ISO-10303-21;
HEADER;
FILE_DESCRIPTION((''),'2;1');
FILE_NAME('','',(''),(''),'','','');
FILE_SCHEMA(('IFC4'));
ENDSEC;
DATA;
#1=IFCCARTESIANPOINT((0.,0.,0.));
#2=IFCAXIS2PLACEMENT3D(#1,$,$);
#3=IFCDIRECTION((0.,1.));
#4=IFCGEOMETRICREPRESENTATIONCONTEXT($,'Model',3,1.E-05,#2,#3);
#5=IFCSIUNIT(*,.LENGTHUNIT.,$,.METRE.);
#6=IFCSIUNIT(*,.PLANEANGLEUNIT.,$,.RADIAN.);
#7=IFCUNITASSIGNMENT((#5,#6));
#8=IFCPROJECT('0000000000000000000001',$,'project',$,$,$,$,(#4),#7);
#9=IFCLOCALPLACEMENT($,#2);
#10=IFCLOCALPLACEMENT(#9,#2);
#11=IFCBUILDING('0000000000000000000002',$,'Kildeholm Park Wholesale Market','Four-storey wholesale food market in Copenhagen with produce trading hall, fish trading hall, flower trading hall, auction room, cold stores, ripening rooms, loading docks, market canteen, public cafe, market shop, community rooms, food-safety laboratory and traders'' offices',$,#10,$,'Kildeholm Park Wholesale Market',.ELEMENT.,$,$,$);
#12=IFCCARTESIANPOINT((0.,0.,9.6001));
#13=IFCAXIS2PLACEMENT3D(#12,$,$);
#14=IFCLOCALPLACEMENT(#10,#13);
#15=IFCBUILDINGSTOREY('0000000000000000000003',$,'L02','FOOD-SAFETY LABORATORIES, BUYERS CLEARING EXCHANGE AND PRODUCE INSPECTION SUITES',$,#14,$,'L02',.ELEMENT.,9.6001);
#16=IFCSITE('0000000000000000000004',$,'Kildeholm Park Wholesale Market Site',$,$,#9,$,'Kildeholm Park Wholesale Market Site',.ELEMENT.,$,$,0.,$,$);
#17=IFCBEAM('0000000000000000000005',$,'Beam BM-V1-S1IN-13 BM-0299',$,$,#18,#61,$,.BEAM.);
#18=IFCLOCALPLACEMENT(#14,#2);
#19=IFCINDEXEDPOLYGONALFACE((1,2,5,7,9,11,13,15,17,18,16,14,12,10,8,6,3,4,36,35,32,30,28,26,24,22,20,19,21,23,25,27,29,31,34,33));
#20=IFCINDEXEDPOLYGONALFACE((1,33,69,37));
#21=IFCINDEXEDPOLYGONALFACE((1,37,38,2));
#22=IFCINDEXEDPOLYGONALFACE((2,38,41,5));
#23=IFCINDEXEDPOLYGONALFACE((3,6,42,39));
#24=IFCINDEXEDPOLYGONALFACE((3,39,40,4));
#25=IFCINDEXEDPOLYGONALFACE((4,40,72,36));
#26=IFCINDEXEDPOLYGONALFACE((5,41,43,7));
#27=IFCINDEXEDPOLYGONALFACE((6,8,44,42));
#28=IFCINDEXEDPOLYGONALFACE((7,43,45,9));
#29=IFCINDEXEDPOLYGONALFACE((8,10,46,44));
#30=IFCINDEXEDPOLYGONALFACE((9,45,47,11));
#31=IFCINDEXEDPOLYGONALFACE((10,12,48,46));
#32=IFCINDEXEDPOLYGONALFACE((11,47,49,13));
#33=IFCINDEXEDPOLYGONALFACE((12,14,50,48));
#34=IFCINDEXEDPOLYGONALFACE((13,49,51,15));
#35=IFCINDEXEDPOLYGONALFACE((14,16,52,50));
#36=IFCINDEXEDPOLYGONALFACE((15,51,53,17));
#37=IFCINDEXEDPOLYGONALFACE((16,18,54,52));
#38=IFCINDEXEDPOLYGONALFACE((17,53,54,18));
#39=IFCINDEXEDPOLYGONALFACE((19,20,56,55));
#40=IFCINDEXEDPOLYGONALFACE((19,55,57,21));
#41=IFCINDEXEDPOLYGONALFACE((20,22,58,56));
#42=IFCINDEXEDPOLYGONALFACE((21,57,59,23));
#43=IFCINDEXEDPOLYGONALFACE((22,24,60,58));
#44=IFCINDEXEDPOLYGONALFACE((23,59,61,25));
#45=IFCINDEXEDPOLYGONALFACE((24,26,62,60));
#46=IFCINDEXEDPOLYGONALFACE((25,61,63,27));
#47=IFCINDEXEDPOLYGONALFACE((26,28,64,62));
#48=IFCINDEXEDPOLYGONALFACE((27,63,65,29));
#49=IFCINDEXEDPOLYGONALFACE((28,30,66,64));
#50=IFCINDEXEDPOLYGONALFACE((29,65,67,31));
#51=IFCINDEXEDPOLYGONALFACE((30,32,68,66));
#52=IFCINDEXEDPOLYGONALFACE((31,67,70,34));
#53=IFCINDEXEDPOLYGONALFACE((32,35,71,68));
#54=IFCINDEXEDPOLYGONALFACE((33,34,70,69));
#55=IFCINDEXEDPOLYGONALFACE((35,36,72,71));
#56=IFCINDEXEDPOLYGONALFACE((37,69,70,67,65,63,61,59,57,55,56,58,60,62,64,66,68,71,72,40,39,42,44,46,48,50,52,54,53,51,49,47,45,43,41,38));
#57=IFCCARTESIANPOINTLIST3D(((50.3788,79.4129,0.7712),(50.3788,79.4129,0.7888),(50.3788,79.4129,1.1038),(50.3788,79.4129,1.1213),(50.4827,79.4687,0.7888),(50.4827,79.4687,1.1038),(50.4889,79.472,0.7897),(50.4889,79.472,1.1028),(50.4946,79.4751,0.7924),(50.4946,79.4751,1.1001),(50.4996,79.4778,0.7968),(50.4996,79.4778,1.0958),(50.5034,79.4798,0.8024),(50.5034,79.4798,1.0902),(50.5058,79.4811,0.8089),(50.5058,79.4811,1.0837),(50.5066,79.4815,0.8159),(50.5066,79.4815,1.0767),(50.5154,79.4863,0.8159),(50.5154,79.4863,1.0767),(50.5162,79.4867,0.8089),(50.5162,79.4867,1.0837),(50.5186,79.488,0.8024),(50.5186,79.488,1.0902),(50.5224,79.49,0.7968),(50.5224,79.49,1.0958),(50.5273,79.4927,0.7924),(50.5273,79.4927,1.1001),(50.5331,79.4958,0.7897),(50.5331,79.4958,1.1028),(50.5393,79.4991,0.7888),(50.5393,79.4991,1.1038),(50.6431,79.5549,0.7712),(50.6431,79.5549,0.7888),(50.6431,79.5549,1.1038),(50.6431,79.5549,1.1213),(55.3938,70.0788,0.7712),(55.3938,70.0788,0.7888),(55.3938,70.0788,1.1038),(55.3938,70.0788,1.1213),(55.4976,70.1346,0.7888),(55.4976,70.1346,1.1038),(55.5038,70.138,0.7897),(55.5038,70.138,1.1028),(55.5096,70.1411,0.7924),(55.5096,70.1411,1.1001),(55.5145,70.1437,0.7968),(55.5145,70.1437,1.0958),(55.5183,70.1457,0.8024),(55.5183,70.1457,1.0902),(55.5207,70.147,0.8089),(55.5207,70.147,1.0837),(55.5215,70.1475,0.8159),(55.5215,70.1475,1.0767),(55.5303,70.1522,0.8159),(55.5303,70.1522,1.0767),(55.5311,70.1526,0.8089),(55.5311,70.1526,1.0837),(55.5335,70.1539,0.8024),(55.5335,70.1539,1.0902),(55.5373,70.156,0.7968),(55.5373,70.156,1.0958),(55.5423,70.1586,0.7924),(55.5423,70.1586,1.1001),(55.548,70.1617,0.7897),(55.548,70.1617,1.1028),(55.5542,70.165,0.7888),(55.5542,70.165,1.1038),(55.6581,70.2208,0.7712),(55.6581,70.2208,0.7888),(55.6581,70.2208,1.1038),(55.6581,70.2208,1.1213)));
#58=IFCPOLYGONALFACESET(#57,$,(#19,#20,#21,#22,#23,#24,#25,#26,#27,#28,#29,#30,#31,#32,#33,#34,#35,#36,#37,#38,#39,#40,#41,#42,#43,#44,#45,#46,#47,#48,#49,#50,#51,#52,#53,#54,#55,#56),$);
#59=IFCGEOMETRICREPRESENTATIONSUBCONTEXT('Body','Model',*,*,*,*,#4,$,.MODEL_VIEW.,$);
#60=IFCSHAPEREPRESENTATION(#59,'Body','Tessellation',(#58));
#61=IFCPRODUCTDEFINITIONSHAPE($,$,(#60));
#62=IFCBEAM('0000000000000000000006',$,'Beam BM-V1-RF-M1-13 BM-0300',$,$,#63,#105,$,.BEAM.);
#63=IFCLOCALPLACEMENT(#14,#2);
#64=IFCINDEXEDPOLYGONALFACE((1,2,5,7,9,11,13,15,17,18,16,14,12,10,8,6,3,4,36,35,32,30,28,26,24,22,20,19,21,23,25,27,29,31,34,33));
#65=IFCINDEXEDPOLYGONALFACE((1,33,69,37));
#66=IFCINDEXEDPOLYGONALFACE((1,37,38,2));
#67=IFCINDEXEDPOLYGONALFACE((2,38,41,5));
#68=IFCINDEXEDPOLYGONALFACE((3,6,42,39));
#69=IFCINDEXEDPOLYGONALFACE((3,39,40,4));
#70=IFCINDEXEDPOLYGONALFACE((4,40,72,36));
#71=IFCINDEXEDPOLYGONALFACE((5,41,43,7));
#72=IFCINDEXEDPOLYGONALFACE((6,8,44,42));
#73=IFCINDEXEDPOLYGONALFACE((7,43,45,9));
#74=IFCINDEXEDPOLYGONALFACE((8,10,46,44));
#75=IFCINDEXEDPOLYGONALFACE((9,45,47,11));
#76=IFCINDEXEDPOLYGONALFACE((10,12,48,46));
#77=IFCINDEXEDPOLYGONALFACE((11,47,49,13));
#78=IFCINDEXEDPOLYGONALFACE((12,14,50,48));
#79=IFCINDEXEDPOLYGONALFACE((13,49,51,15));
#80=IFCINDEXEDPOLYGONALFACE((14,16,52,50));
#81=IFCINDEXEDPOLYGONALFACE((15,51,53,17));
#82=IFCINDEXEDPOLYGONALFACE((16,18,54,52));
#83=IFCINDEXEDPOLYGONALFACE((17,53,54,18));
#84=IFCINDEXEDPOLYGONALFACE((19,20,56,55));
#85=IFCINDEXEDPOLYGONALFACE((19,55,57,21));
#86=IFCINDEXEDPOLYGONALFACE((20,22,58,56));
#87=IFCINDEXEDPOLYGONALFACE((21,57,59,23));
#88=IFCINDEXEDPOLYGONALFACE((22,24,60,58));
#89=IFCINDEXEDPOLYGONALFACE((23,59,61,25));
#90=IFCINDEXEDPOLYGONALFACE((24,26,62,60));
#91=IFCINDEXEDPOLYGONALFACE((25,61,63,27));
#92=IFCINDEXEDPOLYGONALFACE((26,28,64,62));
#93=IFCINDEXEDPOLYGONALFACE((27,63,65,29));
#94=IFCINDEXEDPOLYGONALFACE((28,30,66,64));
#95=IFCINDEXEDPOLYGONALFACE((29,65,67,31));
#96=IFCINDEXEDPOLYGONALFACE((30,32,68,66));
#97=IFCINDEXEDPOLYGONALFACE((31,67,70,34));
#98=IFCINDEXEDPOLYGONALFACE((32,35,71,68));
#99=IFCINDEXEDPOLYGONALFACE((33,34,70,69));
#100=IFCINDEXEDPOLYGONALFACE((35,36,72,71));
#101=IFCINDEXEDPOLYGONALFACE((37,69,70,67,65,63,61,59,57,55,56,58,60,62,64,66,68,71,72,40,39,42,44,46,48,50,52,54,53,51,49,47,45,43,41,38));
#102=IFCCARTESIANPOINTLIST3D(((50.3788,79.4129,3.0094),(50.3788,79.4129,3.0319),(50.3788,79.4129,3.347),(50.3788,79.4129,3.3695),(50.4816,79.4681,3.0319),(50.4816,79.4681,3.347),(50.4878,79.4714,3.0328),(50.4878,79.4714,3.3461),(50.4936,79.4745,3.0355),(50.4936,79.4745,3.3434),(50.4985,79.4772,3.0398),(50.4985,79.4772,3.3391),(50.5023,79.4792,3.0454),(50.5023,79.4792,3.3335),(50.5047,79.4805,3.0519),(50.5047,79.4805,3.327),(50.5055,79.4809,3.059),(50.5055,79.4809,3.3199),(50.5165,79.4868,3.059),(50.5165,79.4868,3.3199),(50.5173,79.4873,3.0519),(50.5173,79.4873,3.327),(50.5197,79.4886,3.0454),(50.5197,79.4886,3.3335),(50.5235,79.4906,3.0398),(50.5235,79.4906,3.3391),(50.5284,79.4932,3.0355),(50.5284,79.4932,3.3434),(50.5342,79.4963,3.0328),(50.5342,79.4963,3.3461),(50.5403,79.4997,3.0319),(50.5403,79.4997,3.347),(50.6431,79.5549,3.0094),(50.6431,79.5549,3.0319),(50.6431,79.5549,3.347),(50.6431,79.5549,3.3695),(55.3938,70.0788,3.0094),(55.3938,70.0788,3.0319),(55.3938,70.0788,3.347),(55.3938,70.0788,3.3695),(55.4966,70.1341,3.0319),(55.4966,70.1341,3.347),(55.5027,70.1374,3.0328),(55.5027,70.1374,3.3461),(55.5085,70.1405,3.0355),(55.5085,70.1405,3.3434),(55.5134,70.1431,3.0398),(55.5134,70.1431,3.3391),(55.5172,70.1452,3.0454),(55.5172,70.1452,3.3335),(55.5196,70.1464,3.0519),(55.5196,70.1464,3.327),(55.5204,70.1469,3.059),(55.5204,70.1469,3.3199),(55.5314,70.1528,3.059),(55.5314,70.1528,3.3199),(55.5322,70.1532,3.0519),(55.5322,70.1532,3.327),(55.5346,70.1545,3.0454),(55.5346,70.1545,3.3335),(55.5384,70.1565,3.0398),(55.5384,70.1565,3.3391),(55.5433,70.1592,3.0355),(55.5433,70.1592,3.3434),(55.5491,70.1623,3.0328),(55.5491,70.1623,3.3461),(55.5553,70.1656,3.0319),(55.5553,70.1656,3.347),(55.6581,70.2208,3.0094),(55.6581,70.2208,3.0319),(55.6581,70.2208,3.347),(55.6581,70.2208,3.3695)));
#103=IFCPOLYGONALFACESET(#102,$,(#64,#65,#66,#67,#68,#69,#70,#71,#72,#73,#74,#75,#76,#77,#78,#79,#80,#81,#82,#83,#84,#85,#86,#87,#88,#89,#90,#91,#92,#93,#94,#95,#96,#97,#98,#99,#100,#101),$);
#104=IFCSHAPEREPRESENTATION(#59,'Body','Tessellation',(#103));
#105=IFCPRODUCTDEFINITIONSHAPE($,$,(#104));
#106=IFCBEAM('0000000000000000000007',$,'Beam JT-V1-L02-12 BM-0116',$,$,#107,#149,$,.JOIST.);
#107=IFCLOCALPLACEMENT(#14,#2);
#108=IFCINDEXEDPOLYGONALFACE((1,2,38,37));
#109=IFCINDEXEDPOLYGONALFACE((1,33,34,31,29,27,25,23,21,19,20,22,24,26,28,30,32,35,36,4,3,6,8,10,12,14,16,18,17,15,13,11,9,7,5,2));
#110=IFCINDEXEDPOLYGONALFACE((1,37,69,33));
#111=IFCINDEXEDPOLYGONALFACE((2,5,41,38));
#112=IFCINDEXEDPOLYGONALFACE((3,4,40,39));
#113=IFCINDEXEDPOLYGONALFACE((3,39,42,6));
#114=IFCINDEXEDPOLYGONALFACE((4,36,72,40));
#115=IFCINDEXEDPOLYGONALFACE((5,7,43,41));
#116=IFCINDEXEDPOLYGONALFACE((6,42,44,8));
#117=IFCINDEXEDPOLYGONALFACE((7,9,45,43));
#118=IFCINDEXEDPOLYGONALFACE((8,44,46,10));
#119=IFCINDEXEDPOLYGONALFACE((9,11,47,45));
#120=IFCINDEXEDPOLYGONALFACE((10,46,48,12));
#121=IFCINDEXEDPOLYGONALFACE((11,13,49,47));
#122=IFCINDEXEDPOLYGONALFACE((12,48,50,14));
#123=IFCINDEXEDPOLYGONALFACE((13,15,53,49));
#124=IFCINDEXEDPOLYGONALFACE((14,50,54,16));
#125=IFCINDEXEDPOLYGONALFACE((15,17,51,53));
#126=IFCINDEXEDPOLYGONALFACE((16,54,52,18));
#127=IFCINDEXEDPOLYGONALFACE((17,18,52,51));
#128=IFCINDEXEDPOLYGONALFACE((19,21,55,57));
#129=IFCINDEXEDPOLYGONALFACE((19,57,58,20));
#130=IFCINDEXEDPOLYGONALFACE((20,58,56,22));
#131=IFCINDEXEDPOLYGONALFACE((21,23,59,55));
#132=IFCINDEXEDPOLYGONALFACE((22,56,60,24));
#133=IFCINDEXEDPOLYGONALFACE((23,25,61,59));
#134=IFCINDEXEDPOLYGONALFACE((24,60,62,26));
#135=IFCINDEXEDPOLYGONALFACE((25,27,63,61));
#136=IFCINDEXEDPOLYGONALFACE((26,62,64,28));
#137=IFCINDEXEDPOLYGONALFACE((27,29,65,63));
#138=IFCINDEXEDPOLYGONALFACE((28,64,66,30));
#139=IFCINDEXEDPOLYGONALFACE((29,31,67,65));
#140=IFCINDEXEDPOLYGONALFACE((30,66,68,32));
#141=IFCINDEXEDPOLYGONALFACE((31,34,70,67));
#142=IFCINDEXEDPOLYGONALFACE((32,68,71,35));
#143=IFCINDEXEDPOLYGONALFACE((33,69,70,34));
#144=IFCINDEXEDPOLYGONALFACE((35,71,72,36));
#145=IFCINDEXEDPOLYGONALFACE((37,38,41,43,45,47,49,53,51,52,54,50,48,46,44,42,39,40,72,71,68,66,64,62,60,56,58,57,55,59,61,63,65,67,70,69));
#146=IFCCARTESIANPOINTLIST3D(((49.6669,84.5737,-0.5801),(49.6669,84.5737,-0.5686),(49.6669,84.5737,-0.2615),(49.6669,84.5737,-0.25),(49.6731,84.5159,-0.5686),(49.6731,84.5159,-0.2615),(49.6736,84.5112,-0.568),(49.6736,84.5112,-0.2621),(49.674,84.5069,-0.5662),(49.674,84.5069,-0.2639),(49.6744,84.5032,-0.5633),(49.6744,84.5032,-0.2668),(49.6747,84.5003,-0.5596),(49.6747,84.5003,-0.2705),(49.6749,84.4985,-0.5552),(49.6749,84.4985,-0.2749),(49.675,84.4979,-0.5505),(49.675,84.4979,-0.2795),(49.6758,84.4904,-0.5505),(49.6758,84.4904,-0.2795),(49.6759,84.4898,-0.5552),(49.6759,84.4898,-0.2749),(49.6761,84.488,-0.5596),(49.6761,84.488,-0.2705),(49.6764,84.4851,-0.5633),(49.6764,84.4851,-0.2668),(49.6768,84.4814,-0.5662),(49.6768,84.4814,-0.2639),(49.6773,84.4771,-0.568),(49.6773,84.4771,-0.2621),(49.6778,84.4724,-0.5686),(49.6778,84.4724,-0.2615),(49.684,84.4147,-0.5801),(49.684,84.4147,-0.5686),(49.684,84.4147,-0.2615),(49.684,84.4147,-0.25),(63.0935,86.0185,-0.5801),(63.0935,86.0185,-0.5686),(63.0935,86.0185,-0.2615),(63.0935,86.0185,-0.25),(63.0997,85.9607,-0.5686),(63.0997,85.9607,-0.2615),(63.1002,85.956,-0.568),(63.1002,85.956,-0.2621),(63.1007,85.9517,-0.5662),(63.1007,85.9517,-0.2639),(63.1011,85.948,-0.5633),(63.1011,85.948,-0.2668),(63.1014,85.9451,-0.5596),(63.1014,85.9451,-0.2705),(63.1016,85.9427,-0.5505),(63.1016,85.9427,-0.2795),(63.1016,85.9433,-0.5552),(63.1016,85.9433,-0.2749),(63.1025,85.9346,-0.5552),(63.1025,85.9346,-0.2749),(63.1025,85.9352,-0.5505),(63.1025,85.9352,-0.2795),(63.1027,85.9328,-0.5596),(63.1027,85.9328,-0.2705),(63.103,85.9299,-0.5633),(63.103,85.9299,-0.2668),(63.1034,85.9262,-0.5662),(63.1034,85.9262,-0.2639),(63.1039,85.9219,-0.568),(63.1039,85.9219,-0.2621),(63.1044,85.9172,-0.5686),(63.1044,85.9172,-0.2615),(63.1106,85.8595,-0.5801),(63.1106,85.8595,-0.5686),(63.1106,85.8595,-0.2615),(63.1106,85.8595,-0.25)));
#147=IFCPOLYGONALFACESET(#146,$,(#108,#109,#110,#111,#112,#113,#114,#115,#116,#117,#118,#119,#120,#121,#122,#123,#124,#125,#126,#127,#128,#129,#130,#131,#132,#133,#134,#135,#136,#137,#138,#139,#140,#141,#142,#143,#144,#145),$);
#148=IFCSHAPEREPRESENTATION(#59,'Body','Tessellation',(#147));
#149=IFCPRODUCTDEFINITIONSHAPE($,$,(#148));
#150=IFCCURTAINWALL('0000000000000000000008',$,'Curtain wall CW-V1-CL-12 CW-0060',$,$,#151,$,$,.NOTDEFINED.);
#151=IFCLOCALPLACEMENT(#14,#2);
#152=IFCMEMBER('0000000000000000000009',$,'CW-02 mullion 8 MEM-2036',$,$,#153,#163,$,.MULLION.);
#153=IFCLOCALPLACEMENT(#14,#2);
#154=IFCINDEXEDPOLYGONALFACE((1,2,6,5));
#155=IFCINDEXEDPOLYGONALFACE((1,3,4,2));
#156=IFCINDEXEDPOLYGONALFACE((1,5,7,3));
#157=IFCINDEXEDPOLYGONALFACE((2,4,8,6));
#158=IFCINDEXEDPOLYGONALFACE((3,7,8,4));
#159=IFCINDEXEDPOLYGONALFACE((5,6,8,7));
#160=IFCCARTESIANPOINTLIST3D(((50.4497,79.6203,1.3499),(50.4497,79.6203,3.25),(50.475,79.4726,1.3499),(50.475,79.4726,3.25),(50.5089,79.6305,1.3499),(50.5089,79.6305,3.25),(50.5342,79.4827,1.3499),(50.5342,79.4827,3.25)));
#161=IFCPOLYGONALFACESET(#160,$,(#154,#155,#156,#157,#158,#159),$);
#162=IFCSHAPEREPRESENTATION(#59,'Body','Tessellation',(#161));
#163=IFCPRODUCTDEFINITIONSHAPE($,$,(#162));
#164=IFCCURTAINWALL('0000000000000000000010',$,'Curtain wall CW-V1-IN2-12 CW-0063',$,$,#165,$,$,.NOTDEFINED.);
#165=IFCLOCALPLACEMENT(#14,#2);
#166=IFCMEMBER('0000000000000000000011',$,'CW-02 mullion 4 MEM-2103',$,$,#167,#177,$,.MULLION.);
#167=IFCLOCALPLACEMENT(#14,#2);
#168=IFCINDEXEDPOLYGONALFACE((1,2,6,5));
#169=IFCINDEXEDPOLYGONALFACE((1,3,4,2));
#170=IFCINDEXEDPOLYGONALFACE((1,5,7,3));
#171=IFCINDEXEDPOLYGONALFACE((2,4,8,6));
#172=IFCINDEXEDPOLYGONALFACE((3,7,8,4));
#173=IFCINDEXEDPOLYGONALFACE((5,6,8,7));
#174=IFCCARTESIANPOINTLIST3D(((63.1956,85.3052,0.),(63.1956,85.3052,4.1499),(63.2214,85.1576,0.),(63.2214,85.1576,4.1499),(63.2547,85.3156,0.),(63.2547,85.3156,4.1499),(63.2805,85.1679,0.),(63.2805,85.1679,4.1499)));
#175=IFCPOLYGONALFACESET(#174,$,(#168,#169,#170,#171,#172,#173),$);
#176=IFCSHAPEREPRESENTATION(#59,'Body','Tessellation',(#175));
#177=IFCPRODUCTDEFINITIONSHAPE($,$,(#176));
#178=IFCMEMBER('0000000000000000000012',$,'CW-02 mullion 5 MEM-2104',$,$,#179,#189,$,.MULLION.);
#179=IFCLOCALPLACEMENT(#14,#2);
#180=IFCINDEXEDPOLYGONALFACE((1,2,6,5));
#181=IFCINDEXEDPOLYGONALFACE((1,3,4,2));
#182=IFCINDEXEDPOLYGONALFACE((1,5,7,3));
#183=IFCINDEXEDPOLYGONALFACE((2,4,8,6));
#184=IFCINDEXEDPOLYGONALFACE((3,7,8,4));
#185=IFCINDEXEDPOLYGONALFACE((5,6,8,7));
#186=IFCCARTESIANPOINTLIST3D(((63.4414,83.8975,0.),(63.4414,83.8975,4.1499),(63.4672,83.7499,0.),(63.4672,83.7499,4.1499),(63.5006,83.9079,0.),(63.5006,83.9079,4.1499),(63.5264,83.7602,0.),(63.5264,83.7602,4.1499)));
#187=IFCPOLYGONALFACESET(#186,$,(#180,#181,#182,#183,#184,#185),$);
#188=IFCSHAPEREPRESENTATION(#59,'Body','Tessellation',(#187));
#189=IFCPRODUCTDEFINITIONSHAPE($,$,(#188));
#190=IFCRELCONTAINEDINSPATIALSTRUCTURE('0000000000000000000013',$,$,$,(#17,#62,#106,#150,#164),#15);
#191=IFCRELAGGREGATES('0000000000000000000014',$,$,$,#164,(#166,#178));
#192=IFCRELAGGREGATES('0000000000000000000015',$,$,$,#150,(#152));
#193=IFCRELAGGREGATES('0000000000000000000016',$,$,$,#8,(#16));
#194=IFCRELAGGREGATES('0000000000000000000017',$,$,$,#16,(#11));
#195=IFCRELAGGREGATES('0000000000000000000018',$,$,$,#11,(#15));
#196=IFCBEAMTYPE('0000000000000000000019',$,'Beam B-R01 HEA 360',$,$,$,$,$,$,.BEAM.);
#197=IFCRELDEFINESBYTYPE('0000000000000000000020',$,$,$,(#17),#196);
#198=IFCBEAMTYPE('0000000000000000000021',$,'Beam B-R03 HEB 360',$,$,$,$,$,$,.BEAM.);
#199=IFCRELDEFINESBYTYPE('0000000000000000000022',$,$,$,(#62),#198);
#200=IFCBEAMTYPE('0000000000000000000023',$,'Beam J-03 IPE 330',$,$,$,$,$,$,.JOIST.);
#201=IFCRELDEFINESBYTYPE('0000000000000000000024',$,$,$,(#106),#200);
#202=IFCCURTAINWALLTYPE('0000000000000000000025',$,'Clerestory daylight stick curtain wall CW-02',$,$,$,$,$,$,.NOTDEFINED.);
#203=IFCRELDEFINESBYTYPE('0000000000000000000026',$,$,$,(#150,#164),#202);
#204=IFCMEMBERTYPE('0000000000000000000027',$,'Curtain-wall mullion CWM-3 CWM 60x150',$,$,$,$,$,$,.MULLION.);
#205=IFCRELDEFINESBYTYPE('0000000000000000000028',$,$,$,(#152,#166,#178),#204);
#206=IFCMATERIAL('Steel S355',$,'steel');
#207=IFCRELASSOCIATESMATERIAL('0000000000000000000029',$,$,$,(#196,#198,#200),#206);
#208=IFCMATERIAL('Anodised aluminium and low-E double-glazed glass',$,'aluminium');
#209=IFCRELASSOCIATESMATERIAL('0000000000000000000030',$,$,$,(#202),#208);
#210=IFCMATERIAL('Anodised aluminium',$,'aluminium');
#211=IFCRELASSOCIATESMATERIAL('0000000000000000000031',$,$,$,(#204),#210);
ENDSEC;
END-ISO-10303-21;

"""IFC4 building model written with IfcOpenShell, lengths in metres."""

from ifc_helpers import new_model, si_unit, direction, frame, origin, origin_2d, place, context, subcontext, project, spatial, rectangle, i_section, extrude, material, material_profile, profile_set, type_object, element, aggregate, save


model = new_model("IFC4")

# Units and contexts
model_context = context("Model", 3, precision=1e-05, world=origin(), true_north=direction((0.0, 1.0)))
body_context = subcontext(model_context, "Body", "Model", "MODEL_VIEW")
ifc_project = project(units=[si_unit("LENGTHUNIT", "METRE"), si_unit("PLANEANGLEUNIT", "RADIAN")], contexts=[model_context])

# Site, building, storey
site_placement = place(None, origin())
site = spatial("IfcSite", under=ifc_project, at=site_placement, Name="Kildeholm Park Wholesale Market Site", LongName="Kildeholm Park Wholesale Market Site", CompositionType="ELEMENT", RefElevation=0.0)
building_placement = place(site_placement, origin())
building = spatial("IfcBuilding", under=site, at=building_placement, Name="Kildeholm Park Wholesale Market", Description="Four-storey wholesale food market in Copenhagen with produce trading hall, fish trading hall, flower trading hall, auction room, cold stores, ripening rooms, loading docks, market canteen, public cafe, market shop, community rooms, food-safety laboratory and traders' offices", LongName="Kildeholm Park Wholesale Market", CompositionType="ELEMENT")
storey_placement = place(building_placement, frame((0.0, 0.0, 9.6001)))
storey = spatial("IfcBuildingStorey", under=building, at=storey_placement, Name="L02", Description="FOOD-SAFETY LABORATORIES, BUYERS CLEARING EXCHANGE AND PRODUCE INSPECTION SUITES", LongName="L02", CompositionType="ELEMENT", Elevation=9.6001)

# Beams
ifc_material_1 = material(Name="Steel S355", Category="steel")
ifc_material_profile_1 = material_profile(ifc_material_1, i_section(OverallWidth=0.3, OverallDepth=0.3501, WebThickness=0.01, FlangeThickness=0.0176, FilletRadius=0.0271, at=origin_2d()), Name="HEA 360")
ifc_profile_set_1 = profile_set([ifc_material_profile_1], Name="Steel S355")
beam_type_1 = type_object("IfcBeamType", Name="Beam B-R01 HEA 360", PredefinedType="BEAM", material=ifc_profile_set_1)
beam_1_placement = place(storey_placement, frame((50.511, 79.4839, 0.9463), z_axis=(0.473288, -0.880908, 0.0), x_axis=(0.880908, 0.473288, 0.0)))
element("IfcBeam", 1, at=beam_1_placement, inside=storey, type_object=beam_type_1, Name="Beam BM-V1-S1IN-13 BM-0299", PredefinedType="BEAM", context=body_context, shape_type="SweptSolid", body=[
    extrude(i_section(OverallWidth=0.3, OverallDepth=0.3501, WebThickness=0.01, FlangeThickness=0.0176, FilletRadius=0.0271, at=origin_2d()), origin(), (0.0, 0.0, 1.0), 10.5959),
])
ifc_material_profile_2 = material_profile(ifc_material_1, i_section(OverallWidth=0.3, OverallDepth=0.3601, WebThickness=0.0125, FlangeThickness=0.0225, FilletRadius=0.0271, at=origin_2d()), Name="HEB 360")
ifc_profile_set_2 = profile_set([ifc_material_profile_2], Name="Steel S355")
beam_type_2 = type_object("IfcBeamType", Name="Beam B-R03 HEB 360", PredefinedType="BEAM", material=ifc_profile_set_2)
beam_2_placement = place(storey_placement, frame((50.511, 79.4839, 3.1895), z_axis=(0.473288, -0.880908, 0.0), x_axis=(0.880908, 0.473288, 0.0)))
element("IfcBeam", 2, at=beam_2_placement, inside=storey, type_object=beam_type_2, Name="Beam BM-V1-RF-M1-13 BM-0300", PredefinedType="BEAM", context=body_context, shape_type="SweptSolid", body=[
    extrude(i_section(OverallWidth=0.3, OverallDepth=0.3601, WebThickness=0.0125, FlangeThickness=0.0225, FilletRadius=0.0271, at=origin_2d()), origin(), (0.0, 0.0, 1.0), 10.5959),
])
ifc_material_profile_3 = material_profile(ifc_material_1, i_section(OverallWidth=0.1599, OverallDepth=0.3301, WebThickness=0.0076, FlangeThickness=0.0115, FilletRadius=0.0181, at=origin_2d()), Name="IPE 330")
ifc_profile_set_3 = profile_set([ifc_material_profile_3], Name="Steel S355")
beam_type_3 = type_object("IfcBeamType", Name="Beam J-03 IPE 330", PredefinedType="JOIST", material=ifc_profile_set_3)
beam_3_placement = place(storey_placement, frame((63.1021, 85.939, -0.415), z_axis=(-0.99426, -0.10699, 0.0), x_axis=(0.10699, -0.99426, 0.0)))
element("IfcBeam", 3, at=beam_3_placement, inside=storey, type_object=beam_type_3, Name="Beam JT-V1-L02-12 BM-0116", PredefinedType="JOIST", context=body_context, shape_type="SweptSolid", body=[
    extrude(i_section(OverallWidth=0.1599, OverallDepth=0.3301, WebThickness=0.0076, FlangeThickness=0.0115, FilletRadius=0.0181, at=origin_2d()), origin(), (0.0, 0.0, 1.0), 13.5042),
])

# Curtain wall, member
ifc_material_2 = material(Name="Anodised aluminium and low-E double-glazed glass", Category="aluminium")
curtain_wall_type = type_object("IfcCurtainWallType", Name="Clerestory daylight stick curtain wall CW-02", PredefinedType="NOTDEFINED", material=ifc_material_2)
curtain_wall_1_placement = place(storey_placement, origin())
curtain_wall_1 = element("IfcCurtainWall", 4, at=curtain_wall_1_placement, inside=storey, type_object=curtain_wall_type, Name="Curtain wall CW-V1-CL-12 CW-0060", PredefinedType="NOTDEFINED")
ifc_material_3 = material(Name="Anodised aluminium", Category="aluminium")
ifc_material_profile_4 = material_profile(ifc_material_3, rectangle(XDim=0.0601, YDim=0.1499, at=origin_2d()), Name="CWM 60x150")
ifc_profile_set_4 = profile_set([ifc_material_profile_4], Name="Anodised aluminium")
member_type_1 = type_object("IfcMemberType", Name="Curtain-wall mullion CWM-3 CWM 60x150", PredefinedType="MULLION", material=ifc_profile_set_4)
member_1_placement = place(storey_placement, frame((50.4919, 79.5515, 1.3499), z_axis=(0.0, 0.0, 1.0), x_axis=(0.985732, 0.168322, 0.0)))
member_1 = element("IfcMember", 5, at=member_1_placement, type_object=member_type_1, Name="CW-02 mullion 8 MEM-2036", PredefinedType="MULLION", context=body_context, shape_type="SweptSolid", body=[
    extrude(rectangle(XDim=0.0601, YDim=0.1499, at=origin_2d()), origin(), (0.0, 0.0, 1.0), 1.9001),
])

# Curtain wall, members
curtain_wall_2_placement = place(storey_placement, origin())
curtain_wall_2 = element("IfcCurtainWall", 6, at=curtain_wall_2_placement, inside=storey, type_object=curtain_wall_type, Name="Curtain wall CW-V1-IN2-12 CW-0063", PredefinedType="NOTDEFINED")
member_2_placement = place(storey_placement, frame((63.238, 85.2366, 0.0), z_axis=(0.0, 0.0, 1.0), x_axis=(0.985074, 0.172133, 0.0)))
member_2 = element("IfcMember", 7, at=member_2_placement, type_object=member_type_1, Name="CW-02 mullion 4 MEM-2103", PredefinedType="MULLION", context=body_context, shape_type="SweptSolid", body=[
    extrude(rectangle(XDim=0.0601, YDim=0.1499, at=origin_2d()), origin(), (0.0, 0.0, 1.0), 4.1499),
])
member_3_placement = place(storey_placement, frame((63.4839, 83.8289, 0.0), z_axis=(0.0, 0.0, 1.0), x_axis=(0.985074, 0.172133, 0.0)))
member_3 = element("IfcMember", 8, at=member_3_placement, type_object=member_type_1, Name="CW-02 mullion 5 MEM-2104", PredefinedType="MULLION", context=body_context, shape_type="SweptSolid", body=[
    extrude(rectangle(XDim=0.0601, YDim=0.1499, at=origin_2d()), origin(), (0.0, 0.0, 1.0), 4.1499),
])
aggregate(curtain_wall_2, [member_2, member_3])

aggregate(curtain_wall_1, [member_1])

save(model, "model.ifc")
